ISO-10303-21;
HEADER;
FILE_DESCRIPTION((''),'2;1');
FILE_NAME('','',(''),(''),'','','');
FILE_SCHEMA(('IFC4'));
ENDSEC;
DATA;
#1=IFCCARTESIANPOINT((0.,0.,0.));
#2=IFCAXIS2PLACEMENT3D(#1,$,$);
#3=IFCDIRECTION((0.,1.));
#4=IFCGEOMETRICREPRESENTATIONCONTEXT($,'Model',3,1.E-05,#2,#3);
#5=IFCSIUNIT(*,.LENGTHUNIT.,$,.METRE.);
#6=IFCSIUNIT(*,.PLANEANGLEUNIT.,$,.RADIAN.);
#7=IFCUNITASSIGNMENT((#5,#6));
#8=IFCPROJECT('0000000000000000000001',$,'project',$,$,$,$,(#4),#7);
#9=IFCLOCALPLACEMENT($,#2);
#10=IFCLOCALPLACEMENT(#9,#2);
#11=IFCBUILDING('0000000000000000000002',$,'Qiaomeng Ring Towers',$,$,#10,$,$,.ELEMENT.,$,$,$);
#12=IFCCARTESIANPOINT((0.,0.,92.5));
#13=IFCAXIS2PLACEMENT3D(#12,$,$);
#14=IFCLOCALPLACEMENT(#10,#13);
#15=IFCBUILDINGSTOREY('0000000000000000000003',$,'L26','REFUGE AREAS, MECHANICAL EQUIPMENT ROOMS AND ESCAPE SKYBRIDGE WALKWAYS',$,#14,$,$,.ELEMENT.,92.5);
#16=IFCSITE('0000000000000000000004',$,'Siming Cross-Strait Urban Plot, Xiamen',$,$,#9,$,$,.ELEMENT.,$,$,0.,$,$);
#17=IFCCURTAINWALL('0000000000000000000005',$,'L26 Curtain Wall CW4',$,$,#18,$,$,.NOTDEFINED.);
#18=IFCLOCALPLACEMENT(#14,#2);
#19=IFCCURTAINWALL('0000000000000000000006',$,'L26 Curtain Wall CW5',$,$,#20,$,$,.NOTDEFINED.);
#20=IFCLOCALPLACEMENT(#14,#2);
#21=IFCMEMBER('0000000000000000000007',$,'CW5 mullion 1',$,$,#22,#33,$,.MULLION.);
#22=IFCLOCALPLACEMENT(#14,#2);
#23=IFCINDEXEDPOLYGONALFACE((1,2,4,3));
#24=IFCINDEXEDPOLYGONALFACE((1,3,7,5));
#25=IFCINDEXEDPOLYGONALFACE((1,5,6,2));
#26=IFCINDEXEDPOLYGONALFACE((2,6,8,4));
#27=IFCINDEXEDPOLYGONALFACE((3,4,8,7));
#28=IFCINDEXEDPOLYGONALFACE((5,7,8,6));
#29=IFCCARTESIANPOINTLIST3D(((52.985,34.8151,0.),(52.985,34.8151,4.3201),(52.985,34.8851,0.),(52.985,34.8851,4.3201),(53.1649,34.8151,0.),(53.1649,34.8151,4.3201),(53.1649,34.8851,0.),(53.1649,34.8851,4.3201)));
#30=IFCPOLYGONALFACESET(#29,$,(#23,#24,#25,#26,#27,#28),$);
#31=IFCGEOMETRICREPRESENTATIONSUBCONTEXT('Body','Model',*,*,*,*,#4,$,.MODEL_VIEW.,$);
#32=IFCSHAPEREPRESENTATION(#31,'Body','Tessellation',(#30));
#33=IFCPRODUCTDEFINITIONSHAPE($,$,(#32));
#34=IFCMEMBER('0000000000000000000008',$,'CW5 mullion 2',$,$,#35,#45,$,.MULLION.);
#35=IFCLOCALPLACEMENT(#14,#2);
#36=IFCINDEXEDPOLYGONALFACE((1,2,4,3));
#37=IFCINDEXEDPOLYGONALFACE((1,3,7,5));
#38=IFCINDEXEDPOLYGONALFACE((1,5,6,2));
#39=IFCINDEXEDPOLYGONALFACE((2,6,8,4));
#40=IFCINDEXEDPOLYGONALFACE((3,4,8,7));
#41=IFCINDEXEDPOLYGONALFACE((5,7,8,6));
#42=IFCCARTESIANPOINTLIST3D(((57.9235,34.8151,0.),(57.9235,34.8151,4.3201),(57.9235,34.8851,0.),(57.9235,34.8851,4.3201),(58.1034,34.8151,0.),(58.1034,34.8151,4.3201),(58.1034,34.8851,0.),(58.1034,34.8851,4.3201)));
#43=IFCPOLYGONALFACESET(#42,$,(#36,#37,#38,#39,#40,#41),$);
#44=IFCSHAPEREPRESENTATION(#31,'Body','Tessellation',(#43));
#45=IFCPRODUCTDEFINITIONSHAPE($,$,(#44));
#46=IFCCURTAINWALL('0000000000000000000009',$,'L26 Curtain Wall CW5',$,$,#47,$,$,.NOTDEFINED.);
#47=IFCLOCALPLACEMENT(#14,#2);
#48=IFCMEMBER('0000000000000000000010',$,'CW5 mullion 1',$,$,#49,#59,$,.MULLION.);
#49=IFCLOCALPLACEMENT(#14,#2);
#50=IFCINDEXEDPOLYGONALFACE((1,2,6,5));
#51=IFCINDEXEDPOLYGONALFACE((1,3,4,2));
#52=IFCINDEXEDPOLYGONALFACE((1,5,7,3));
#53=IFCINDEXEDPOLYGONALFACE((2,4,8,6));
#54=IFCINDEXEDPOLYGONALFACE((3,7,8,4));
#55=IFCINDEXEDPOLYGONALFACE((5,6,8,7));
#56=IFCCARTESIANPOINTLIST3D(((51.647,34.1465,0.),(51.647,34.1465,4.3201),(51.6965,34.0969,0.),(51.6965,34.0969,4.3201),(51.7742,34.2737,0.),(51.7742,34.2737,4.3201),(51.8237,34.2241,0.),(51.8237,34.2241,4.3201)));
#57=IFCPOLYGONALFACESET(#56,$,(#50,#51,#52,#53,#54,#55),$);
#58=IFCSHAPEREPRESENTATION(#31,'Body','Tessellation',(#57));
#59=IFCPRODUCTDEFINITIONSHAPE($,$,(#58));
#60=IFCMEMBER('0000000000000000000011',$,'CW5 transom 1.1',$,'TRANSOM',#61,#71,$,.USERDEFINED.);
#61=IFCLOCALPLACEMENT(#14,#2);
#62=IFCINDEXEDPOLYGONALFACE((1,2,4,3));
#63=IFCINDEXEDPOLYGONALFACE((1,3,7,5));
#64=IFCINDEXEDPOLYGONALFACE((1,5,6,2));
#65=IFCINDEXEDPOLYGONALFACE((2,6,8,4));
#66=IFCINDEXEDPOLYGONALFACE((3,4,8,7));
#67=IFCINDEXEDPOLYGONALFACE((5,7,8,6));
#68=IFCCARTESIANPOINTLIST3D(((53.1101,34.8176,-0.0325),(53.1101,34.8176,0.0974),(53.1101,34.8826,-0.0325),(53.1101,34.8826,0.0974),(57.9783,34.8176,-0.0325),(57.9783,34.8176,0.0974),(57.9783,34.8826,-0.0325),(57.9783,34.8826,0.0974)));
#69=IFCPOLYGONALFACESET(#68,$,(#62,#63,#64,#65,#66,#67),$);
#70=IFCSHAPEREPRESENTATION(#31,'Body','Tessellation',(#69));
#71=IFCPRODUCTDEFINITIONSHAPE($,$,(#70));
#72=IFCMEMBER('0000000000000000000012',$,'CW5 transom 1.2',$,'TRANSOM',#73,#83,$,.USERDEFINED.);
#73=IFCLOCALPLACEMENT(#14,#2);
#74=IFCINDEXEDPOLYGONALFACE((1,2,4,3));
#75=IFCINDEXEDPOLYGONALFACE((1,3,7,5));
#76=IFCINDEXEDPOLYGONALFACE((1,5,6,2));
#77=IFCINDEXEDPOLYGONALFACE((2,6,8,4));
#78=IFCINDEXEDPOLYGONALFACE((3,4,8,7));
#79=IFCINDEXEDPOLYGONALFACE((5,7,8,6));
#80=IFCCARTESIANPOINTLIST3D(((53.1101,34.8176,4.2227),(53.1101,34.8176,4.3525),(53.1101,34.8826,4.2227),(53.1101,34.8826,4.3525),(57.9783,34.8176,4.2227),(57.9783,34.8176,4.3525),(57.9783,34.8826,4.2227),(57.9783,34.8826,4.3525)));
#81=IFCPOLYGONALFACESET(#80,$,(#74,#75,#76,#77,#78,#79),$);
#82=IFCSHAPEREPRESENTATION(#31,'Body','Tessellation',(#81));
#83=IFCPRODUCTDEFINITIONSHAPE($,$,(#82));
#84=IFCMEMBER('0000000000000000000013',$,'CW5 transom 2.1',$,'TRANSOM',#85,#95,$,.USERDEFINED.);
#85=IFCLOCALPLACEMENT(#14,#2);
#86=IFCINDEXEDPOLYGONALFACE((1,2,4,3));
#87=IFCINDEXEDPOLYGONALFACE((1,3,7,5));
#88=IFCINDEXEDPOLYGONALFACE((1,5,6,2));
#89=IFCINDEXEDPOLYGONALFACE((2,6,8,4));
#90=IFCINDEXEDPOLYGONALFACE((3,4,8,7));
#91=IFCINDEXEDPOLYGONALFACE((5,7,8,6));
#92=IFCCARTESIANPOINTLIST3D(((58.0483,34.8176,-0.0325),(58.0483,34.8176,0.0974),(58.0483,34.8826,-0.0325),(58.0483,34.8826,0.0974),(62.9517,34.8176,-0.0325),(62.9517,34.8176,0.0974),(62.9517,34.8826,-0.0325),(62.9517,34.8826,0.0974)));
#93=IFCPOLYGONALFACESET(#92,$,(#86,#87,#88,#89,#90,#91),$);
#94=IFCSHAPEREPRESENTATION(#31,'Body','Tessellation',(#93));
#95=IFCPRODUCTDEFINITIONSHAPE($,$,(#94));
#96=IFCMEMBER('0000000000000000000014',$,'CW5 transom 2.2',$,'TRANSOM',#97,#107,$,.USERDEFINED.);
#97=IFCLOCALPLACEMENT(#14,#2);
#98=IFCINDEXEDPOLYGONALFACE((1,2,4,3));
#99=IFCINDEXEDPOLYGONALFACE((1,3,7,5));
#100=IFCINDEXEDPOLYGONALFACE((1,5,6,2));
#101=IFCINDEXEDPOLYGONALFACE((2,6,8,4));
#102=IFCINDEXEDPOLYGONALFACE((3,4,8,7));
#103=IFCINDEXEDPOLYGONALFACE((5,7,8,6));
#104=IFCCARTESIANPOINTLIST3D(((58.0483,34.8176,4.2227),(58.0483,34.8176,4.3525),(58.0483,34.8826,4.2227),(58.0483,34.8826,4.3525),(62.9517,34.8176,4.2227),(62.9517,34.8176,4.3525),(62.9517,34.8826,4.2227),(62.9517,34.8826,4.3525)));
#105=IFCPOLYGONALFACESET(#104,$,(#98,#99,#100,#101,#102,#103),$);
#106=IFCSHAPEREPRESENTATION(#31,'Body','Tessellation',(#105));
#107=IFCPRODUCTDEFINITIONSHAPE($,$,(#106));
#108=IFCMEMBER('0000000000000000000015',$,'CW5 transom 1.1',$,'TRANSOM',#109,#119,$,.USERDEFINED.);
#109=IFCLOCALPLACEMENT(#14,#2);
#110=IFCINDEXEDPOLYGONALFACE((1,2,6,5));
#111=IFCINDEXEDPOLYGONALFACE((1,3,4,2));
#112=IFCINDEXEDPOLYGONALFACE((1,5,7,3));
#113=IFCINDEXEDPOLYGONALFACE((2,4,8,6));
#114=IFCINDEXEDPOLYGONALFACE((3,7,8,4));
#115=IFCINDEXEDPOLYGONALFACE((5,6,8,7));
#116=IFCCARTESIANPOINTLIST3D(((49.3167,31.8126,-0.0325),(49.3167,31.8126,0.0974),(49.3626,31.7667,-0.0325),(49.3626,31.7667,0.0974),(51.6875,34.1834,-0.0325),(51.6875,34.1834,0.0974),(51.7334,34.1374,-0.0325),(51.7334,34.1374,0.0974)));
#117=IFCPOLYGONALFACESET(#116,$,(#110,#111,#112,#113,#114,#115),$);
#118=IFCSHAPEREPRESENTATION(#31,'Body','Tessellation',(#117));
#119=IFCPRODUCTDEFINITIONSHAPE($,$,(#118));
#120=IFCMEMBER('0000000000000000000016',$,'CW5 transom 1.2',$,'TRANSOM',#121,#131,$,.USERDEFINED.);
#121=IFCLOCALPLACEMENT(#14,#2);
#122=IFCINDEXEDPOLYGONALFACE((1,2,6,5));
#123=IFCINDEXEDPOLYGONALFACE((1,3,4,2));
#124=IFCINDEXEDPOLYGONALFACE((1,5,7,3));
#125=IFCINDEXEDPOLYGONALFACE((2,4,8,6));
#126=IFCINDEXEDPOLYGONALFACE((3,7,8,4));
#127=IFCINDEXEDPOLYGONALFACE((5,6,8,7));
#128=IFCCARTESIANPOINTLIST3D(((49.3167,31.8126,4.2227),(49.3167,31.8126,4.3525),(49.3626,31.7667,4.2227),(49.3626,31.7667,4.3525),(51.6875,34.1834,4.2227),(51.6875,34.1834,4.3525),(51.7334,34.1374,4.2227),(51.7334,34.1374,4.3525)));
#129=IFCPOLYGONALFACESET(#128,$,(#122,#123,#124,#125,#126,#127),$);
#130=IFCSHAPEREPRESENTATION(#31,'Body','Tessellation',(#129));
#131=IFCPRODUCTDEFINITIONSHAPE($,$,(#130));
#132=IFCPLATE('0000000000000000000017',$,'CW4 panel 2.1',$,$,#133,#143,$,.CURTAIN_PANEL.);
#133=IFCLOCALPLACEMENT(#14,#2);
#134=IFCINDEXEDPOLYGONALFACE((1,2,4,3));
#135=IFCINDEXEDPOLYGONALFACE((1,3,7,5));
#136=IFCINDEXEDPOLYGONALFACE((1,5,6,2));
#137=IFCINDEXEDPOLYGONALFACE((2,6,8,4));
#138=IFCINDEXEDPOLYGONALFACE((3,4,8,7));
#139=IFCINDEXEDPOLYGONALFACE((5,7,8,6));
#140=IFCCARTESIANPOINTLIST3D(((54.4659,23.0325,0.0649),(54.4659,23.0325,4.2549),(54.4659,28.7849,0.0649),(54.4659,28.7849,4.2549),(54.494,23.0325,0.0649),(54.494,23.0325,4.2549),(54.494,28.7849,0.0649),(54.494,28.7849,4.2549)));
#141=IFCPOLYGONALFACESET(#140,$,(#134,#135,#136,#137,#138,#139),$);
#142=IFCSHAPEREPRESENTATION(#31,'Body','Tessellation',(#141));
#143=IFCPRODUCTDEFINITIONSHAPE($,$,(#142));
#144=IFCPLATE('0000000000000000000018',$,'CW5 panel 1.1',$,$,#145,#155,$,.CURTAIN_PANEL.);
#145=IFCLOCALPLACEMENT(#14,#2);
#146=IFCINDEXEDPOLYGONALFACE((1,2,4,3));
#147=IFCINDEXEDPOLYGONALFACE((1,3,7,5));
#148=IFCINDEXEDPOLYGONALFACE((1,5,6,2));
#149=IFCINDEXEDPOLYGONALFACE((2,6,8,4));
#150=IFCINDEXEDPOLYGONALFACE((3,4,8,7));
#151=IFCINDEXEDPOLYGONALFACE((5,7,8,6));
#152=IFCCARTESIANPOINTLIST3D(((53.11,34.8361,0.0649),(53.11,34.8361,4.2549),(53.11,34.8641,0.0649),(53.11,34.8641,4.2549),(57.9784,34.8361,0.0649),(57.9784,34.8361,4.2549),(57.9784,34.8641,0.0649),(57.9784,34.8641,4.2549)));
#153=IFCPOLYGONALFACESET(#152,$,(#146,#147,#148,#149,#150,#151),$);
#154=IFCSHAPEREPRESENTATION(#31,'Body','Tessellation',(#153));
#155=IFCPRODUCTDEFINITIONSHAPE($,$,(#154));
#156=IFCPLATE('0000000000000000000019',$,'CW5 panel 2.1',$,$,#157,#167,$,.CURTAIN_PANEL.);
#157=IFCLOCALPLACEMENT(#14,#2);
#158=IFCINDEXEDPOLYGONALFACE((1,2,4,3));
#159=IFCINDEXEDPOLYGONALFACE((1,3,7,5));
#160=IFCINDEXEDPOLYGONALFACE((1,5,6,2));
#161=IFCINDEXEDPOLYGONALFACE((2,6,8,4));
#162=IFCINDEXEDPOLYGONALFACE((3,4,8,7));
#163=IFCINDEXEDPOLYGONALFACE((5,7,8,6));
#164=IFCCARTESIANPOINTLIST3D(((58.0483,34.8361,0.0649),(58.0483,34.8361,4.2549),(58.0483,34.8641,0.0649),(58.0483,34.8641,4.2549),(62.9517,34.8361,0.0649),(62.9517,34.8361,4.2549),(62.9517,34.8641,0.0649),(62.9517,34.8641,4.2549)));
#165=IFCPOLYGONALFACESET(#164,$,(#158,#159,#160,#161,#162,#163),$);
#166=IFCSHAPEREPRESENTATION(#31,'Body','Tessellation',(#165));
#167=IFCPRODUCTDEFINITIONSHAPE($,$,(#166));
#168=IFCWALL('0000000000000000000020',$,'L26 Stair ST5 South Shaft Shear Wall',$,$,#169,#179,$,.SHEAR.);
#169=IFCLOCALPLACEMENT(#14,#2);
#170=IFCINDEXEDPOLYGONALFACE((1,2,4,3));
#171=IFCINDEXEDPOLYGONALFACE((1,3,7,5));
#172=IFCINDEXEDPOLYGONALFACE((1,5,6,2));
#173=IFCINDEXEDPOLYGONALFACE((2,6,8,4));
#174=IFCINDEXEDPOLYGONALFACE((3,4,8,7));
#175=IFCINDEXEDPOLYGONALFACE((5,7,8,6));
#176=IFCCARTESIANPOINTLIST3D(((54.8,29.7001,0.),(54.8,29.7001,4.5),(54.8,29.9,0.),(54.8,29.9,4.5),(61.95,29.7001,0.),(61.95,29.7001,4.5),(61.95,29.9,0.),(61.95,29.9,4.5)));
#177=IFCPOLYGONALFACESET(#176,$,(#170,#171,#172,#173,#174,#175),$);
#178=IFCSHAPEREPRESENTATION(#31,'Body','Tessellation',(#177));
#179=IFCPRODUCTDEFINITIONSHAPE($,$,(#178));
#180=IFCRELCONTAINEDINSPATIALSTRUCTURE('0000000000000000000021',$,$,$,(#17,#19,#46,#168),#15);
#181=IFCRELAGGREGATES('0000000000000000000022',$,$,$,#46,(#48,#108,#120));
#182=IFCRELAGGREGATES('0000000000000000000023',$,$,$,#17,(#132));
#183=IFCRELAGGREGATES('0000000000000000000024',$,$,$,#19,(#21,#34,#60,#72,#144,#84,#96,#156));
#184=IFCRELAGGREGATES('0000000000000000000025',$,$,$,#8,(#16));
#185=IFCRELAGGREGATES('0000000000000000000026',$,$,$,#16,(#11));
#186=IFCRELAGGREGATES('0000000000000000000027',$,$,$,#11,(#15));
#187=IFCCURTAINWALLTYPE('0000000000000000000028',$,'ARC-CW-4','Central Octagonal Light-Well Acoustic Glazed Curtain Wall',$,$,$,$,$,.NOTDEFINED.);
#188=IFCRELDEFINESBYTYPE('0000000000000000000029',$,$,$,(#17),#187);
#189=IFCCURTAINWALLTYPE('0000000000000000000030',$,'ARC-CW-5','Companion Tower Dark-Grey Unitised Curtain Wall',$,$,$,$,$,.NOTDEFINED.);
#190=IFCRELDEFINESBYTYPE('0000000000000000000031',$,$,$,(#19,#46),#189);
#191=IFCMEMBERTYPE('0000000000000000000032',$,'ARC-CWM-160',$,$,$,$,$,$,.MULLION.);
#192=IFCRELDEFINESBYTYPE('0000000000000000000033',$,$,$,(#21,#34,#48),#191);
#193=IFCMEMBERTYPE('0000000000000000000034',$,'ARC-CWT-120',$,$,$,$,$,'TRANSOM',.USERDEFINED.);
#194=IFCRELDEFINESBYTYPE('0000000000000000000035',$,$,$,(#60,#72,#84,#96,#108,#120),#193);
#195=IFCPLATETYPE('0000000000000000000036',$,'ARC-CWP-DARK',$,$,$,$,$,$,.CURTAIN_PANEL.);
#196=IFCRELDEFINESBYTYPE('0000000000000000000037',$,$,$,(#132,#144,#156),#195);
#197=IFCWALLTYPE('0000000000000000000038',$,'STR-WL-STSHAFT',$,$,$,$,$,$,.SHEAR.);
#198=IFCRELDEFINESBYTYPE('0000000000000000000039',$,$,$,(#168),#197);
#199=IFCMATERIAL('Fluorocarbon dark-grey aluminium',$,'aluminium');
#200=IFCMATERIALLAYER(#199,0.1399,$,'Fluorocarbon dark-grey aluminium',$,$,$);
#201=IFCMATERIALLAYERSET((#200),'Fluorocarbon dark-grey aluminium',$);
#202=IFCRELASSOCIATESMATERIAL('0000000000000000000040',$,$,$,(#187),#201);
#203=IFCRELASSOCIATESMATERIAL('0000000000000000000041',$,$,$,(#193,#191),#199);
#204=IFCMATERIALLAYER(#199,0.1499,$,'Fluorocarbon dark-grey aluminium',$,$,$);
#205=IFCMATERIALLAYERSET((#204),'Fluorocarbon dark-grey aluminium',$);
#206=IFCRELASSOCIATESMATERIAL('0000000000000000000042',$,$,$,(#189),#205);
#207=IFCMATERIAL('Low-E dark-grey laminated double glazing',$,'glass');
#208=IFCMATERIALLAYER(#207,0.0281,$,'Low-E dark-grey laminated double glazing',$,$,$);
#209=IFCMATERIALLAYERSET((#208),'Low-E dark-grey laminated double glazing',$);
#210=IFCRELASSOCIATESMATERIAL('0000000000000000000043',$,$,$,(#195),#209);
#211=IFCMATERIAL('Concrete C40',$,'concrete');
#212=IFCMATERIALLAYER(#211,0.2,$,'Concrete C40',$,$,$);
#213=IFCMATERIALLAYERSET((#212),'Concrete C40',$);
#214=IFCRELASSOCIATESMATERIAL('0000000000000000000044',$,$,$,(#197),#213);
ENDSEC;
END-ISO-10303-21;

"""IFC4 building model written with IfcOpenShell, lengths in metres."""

from ifc_helpers import new_model, si_unit, direction, frame, frame_2d, origin, origin_2d, place, context, subcontext, project, spatial, rectangle, extrude, source, transform, mapped, material, layer, layer_set, material_profile, profile_set, type_object, element, aggregate, save


model = new_model("IFC4")

# Units and contexts
model_context = context("Model", 3, precision=1e-05, world=origin(), true_north=direction((0.0, 1.0)))
body_context = subcontext(model_context, "Body", "Model", "MODEL_VIEW")
ifc_project = project(units=[si_unit("LENGTHUNIT", "METRE"), si_unit("PLANEANGLEUNIT", "RADIAN")], contexts=[model_context])

# Site, building, storey
site_placement = place(None, origin())
site = spatial("IfcSite", under=ifc_project, at=site_placement, Name="Siming Cross-Strait Urban Plot, Xiamen", CompositionType="ELEMENT", RefElevation=0.0)
building_placement = place(site_placement, origin())
building = spatial("IfcBuilding", under=site, at=building_placement, Name="Qiaomeng Ring Towers", CompositionType="ELEMENT")
storey_placement = place(building_placement, frame((0.0, 0.0, 92.5)))
storey = spatial("IfcBuildingStorey", under=building, at=storey_placement, Name="L26", Description="REFUGE AREAS, MECHANICAL EQUIPMENT ROOMS AND ESCAPE SKYBRIDGE WALKWAYS", CompositionType="ELEMENT", Elevation=92.5)

# Curtain walls, members
ifc_material_1 = material(Name="Fluorocarbon dark-grey aluminium", Category="aluminium")
ifc_layer_1 = layer(ifc_material_1, 0.1399, Name="Fluorocarbon dark-grey aluminium")
ifc_layer_set_1 = layer_set([ifc_layer_1], Name="Fluorocarbon dark-grey aluminium")
curtain_wall_type_1 = type_object("IfcCurtainWallType", Name="ARC-CW-4", Description="Central Octagonal Light-Well Acoustic Glazed Curtain Wall", PredefinedType="NOTDEFINED", material=ifc_layer_set_1)
curtain_wall_1_placement = place(storey_placement, origin())
curtain_wall_1 = element("IfcCurtainWall", 1, at=curtain_wall_1_placement, inside=storey, type_object=curtain_wall_type_1, Name="L26 Curtain Wall CW4", PredefinedType="NOTDEFINED")
ifc_material_profile_1 = material_profile(ifc_material_1, rectangle(XDim=0.0649, YDim=0.1299, at=origin_2d()), Name="ALU TRAN 65x130")
ifc_profile_set_1 = profile_set([ifc_material_profile_1], Name="Fluorocarbon dark-grey aluminium")
member_type_1 = type_object("IfcMemberType", Name="ARC-CWT-120", ElementType="TRANSOM", PredefinedType="USERDEFINED", material=ifc_profile_set_1)
ifc_layer_2 = layer(ifc_material_1, 0.1499, Name="Fluorocarbon dark-grey aluminium")
ifc_layer_set_2 = layer_set([ifc_layer_2], Name="Fluorocarbon dark-grey aluminium")
curtain_wall_type_2 = type_object("IfcCurtainWallType", Name="ARC-CW-5", Description="Companion Tower Dark-Grey Unitised Curtain Wall", PredefinedType="NOTDEFINED", material=ifc_layer_set_2)
curtain_wall_2_placement = place(storey_placement, origin())
curtain_wall_2 = element("IfcCurtainWall", 2, at=curtain_wall_2_placement, inside=storey, type_object=curtain_wall_type_2, Name="L26 Curtain Wall CW5", PredefinedType="NOTDEFINED")
ifc_material_profile_2 = material_profile(ifc_material_1, rectangle(XDim=0.0701, YDim=0.1799, at=origin_2d()), Name="ALU MULL 70x180")
ifc_profile_set_2 = profile_set([ifc_material_profile_2], Name="Fluorocarbon dark-grey aluminium")
member_type_2 = type_object("IfcMemberType", Name="ARC-CWM-160", PredefinedType="MULLION", material=ifc_profile_set_2)
shared_shape_1 = source(origin(), body_context, "Body", "SweptSolid", [
    extrude(rectangle(XDim=0.0701, YDim=0.1799, at=origin_2d()), origin(), (0.0, 0.0, 1.0), 4.3201),
])
member_1_placement = place(storey_placement, frame((53.075, 34.8501, 0.0), z_axis=(0.0, 0.0, 1.0), x_axis=(0.0, 1.0, 0.0)))
member_1 = element("IfcMember", 3, at=member_1_placement, type_object=member_type_2, Name="CW5 mullion 1", PredefinedType="MULLION", context=body_context, shape_type="MappedRepresentation", body=[
    mapped(shared_shape_1, transform((0.0, 0.0, 0.0), x_axis=(1.0, 0.0, 0.0), y_axis=(0.0, 1.0, 0.0), z_axis=(0.0, 0.0, 1.0), scale=1.0)),
])
member_2_placement = place(storey_placement, frame((58.0134, 34.8501, 0.0), z_axis=(0.0, 0.0, 1.0), x_axis=(0.0, 1.0, 0.0)))
member_2 = element("IfcMember", 4, at=member_2_placement, type_object=member_type_2, Name="CW5 mullion 2", PredefinedType="MULLION", context=body_context, shape_type="MappedRepresentation", body=[
    mapped(shared_shape_1, transform((0.0, 0.0, 0.0), x_axis=(1.0, 0.0, 0.0), y_axis=(0.0, 1.0, 0.0), z_axis=(0.0, 0.0, 1.0), scale=1.0)),
])

# Curtain wall, member
curtain_wall_3_placement = place(storey_placement, origin())
curtain_wall_3 = element("IfcCurtainWall", 5, at=curtain_wall_3_placement, inside=storey, type_object=curtain_wall_type_2, Name="L26 Curtain Wall CW5", PredefinedType="NOTDEFINED")
member_3_placement = place(storey_placement, frame((51.7354, 34.1853, 0.0), z_axis=(0.0, 0.0, 1.0), x_axis=(0.707107, -0.707107, 0.0)))
member_3 = element("IfcMember", 6, at=member_3_placement, type_object=member_type_2, Name="CW5 mullion 1", PredefinedType="MULLION", context=body_context, shape_type="MappedRepresentation", body=[
    mapped(shared_shape_1, transform((0.0, 0.0, 0.0), x_axis=(1.0, 0.0, 0.0), y_axis=(0.0, 1.0, 0.0), z_axis=(0.0, 0.0, 1.0), scale=1.0)),
])

# Members
shared_shape_2 = source(origin(), body_context, "Body", "SweptSolid", [
    extrude(rectangle(XDim=0.0649, YDim=0.1299, at=origin_2d()), origin(), (0.0, 0.0, 1.0), 4.8682),
])
member_4_placement = place(storey_placement, frame((53.1101, 34.8501, 0.0325), z_axis=(1.0, 0.0, 0.0), x_axis=(0.0, 1.0, 0.0)))
member_4 = element("IfcMember", 7, at=member_4_placement, type_object=member_type_1, Name="CW5 transom 1.1", ObjectType="TRANSOM", PredefinedType="USERDEFINED", context=body_context, shape_type="MappedRepresentation", body=[
    mapped(shared_shape_2, transform((0.0, 0.0, 0.0), x_axis=(1.0, 0.0, 0.0), y_axis=(0.0, 1.0, 0.0), z_axis=(0.0, 0.0, 1.0), scale=1.0)),
])
member_5_placement = place(storey_placement, frame((53.1101, 34.8501, 4.2876), z_axis=(1.0, 0.0, 0.0), x_axis=(0.0, 1.0, 0.0)))
member_5 = element("IfcMember", 8, at=member_5_placement, type_object=member_type_1, Name="CW5 transom 1.2", ObjectType="TRANSOM", PredefinedType="USERDEFINED", context=body_context, shape_type="MappedRepresentation", body=[
    mapped(shared_shape_2, transform((0.0, 0.0, 0.0), x_axis=(1.0, 0.0, 0.0), y_axis=(0.0, 1.0, 0.0), z_axis=(0.0, 0.0, 1.0), scale=1.0)),
])
shared_shape_3 = source(origin(), body_context, "Body", "SweptSolid", [
    extrude(rectangle(XDim=0.0649, YDim=0.1299, at=origin_2d()), origin(), (0.0, 0.0, 1.0), 4.9033),
])
member_6_placement = place(storey_placement, frame((58.0483, 34.8501, 0.0325), z_axis=(1.0, 0.0, 0.0), x_axis=(0.0, 1.0, 0.0)))
member_6 = element("IfcMember", 9, at=member_6_placement, type_object=member_type_1, Name="CW5 transom 2.1", ObjectType="TRANSOM", PredefinedType="USERDEFINED", context=body_context, shape_type="MappedRepresentation", body=[
    mapped(shared_shape_3, transform((0.0, 0.0, 0.0), x_axis=(1.0, 0.0, 0.0), y_axis=(0.0, 1.0, 0.0), z_axis=(0.0, 0.0, 1.0), scale=1.0)),
])
member_7_placement = place(storey_placement, frame((58.0483, 34.8501, 4.2876), z_axis=(1.0, 0.0, 0.0), x_axis=(0.0, 1.0, 0.0)))
member_7 = element("IfcMember", 10, at=member_7_placement, type_object=member_type_1, Name="CW5 transom 2.2", ObjectType="TRANSOM", PredefinedType="USERDEFINED", context=body_context, shape_type="MappedRepresentation", body=[
    mapped(shared_shape_3, transform((0.0, 0.0, 0.0), x_axis=(1.0, 0.0, 0.0), y_axis=(0.0, 1.0, 0.0), z_axis=(0.0, 0.0, 1.0), scale=1.0)),
])
shared_shape_4 = source(origin(), body_context, "Body", "SweptSolid", [
    extrude(rectangle(XDim=0.0649, YDim=0.1299, at=origin_2d()), origin(), (0.0, 0.0, 1.0), 3.3528),
])
member_8_placement = place(storey_placement, frame((51.7104, 34.1604, 0.0325), z_axis=(-0.707107, -0.707107, 0.0), x_axis=(0.707107, -0.707107, 0.0)))
member_8 = element("IfcMember", 11, at=member_8_placement, type_object=member_type_1, Name="CW5 transom 1.1", ObjectType="TRANSOM", PredefinedType="USERDEFINED", context=body_context, shape_type="MappedRepresentation", body=[
    mapped(shared_shape_4, transform((0.0, 0.0, 0.0), x_axis=(1.0, 0.0, 0.0), y_axis=(0.0, 1.0, 0.0), z_axis=(0.0, 0.0, 1.0), scale=1.0)),
])
member_9_placement = place(storey_placement, frame((51.7104, 34.1604, 4.2876), z_axis=(-0.707107, -0.707107, 0.0), x_axis=(0.707107, -0.707107, 0.0)))
member_9 = element("IfcMember", 12, at=member_9_placement, type_object=member_type_1, Name="CW5 transom 1.2", ObjectType="TRANSOM", PredefinedType="USERDEFINED", context=body_context, shape_type="MappedRepresentation", body=[
    mapped(shared_shape_4, transform((0.0, 0.0, 0.0), x_axis=(1.0, 0.0, 0.0), y_axis=(0.0, 1.0, 0.0), z_axis=(0.0, 0.0, 1.0), scale=1.0)),
])
aggregate(curtain_wall_3, [member_3, member_8, member_9])

# Plates
ifc_material_2 = material(Name="Low-E dark-grey laminated double glazing", Category="glass")
ifc_layer_3 = layer(ifc_material_2, 0.0281, Name="Low-E dark-grey laminated double glazing")
ifc_layer_set_3 = layer_set([ifc_layer_3], Name="Low-E dark-grey laminated double glazing")
plate_type = type_object("IfcPlateType", Name="ARC-CWP-DARK", PredefinedType="CURTAIN_PANEL", material=ifc_layer_set_3)
shared_shape_5 = source(origin(), body_context, "Body", "SweptSolid", [
    extrude(rectangle(XDim=5.7524, YDim=0.0281, at=origin_2d()), origin(), (0.0, 0.0, 1.0), 4.1899),
])
plate_1_placement = place(storey_placement, frame((54.48, 25.9087, 0.0649), z_axis=(0.0, 0.0, 1.0), x_axis=(0.0, 1.0, 0.0)))
plate_1 = element("IfcPlate", 13, at=plate_1_placement, type_object=plate_type, Name="CW4 panel 2.1", PredefinedType="CURTAIN_PANEL", context=body_context, shape_type="MappedRepresentation", body=[
    mapped(shared_shape_5, transform((0.0, 0.0, 0.0), x_axis=(1.0, 0.0, 0.0), y_axis=(0.0, 1.0, 0.0), z_axis=(0.0, 0.0, 1.0), scale=1.0)),
])
aggregate(curtain_wall_1, [plate_1])
shared_shape_6 = source(origin(), body_context, "Body", "SweptSolid", [
    extrude(rectangle(XDim=4.8684, YDim=0.0281, at=origin_2d()), origin(), (0.0, 0.0, 1.0), 4.1899),
])
plate_2_placement = place(storey_placement, frame((55.5442, 34.8501, 0.0649), z_axis=(0.0, 0.0, 1.0), x_axis=(1.0, 0.0, 0.0)))
plate_2 = element("IfcPlate", 14, at=plate_2_placement, type_object=plate_type, Name="CW5 panel 1.1", PredefinedType="CURTAIN_PANEL", context=body_context, shape_type="MappedRepresentation", body=[
    mapped(shared_shape_6, transform((0.0, 0.0, 0.0), x_axis=(1.0, 0.0, 0.0), y_axis=(0.0, 1.0, 0.0), z_axis=(0.0, 0.0, 1.0), scale=1.0)),
])
shared_shape_7 = source(origin(), body_context, "Body", "SweptSolid", [
    extrude(rectangle(XDim=4.9033, YDim=0.0281, at=origin_2d()), origin(), (0.0, 0.0, 1.0), 4.1899),
])
plate_3_placement = place(storey_placement, frame((60.5, 34.8501, 0.0649), z_axis=(0.0, 0.0, 1.0), x_axis=(1.0, 0.0, 0.0)))
plate_3 = element("IfcPlate", 15, at=plate_3_placement, type_object=plate_type, Name="CW5 panel 2.1", PredefinedType="CURTAIN_PANEL", context=body_context, shape_type="MappedRepresentation", body=[
    mapped(shared_shape_7, transform((0.0, 0.0, 0.0), x_axis=(1.0, 0.0, 0.0), y_axis=(0.0, 1.0, 0.0), z_axis=(0.0, 0.0, 1.0), scale=1.0)),
])
aggregate(curtain_wall_2, [member_1, member_2, member_4, member_5, plate_2, member_6, member_7, plate_3])

# Wall
ifc_material_3 = material(Name="Concrete C40", Category="concrete")
ifc_layer_4 = layer(ifc_material_3, 0.2, Name="Concrete C40")
ifc_layer_set_4 = layer_set([ifc_layer_4], Name="Concrete C40")
wall_type_1 = type_object("IfcWallType", Name="STR-WL-STSHAFT", PredefinedType="SHEAR", material=ifc_layer_set_4)
for number, where, z_axis, x_axis, name in (
    (16, (54.8, 29.8, 0.0), (0.0, 0.0, 1.0), (1.0, 0.0, 0.0), "L26 Stair ST5 South Shaft Shear Wall"),
):
    element("IfcWall", number, at=place(storey_placement, frame(where, z_axis=z_axis, x_axis=x_axis)), inside=storey, type_object=wall_type_1, Name=name, PredefinedType="SHEAR", context=body_context, shape_type="SweptSolid", body=[
        extrude(rectangle(XDim=7.1499, YDim=0.2, at=frame_2d((3.575, 0.0))), origin(), (0.0, 0.0, 1.0), 4.5),
    ])

save(model, "model.ifc")
